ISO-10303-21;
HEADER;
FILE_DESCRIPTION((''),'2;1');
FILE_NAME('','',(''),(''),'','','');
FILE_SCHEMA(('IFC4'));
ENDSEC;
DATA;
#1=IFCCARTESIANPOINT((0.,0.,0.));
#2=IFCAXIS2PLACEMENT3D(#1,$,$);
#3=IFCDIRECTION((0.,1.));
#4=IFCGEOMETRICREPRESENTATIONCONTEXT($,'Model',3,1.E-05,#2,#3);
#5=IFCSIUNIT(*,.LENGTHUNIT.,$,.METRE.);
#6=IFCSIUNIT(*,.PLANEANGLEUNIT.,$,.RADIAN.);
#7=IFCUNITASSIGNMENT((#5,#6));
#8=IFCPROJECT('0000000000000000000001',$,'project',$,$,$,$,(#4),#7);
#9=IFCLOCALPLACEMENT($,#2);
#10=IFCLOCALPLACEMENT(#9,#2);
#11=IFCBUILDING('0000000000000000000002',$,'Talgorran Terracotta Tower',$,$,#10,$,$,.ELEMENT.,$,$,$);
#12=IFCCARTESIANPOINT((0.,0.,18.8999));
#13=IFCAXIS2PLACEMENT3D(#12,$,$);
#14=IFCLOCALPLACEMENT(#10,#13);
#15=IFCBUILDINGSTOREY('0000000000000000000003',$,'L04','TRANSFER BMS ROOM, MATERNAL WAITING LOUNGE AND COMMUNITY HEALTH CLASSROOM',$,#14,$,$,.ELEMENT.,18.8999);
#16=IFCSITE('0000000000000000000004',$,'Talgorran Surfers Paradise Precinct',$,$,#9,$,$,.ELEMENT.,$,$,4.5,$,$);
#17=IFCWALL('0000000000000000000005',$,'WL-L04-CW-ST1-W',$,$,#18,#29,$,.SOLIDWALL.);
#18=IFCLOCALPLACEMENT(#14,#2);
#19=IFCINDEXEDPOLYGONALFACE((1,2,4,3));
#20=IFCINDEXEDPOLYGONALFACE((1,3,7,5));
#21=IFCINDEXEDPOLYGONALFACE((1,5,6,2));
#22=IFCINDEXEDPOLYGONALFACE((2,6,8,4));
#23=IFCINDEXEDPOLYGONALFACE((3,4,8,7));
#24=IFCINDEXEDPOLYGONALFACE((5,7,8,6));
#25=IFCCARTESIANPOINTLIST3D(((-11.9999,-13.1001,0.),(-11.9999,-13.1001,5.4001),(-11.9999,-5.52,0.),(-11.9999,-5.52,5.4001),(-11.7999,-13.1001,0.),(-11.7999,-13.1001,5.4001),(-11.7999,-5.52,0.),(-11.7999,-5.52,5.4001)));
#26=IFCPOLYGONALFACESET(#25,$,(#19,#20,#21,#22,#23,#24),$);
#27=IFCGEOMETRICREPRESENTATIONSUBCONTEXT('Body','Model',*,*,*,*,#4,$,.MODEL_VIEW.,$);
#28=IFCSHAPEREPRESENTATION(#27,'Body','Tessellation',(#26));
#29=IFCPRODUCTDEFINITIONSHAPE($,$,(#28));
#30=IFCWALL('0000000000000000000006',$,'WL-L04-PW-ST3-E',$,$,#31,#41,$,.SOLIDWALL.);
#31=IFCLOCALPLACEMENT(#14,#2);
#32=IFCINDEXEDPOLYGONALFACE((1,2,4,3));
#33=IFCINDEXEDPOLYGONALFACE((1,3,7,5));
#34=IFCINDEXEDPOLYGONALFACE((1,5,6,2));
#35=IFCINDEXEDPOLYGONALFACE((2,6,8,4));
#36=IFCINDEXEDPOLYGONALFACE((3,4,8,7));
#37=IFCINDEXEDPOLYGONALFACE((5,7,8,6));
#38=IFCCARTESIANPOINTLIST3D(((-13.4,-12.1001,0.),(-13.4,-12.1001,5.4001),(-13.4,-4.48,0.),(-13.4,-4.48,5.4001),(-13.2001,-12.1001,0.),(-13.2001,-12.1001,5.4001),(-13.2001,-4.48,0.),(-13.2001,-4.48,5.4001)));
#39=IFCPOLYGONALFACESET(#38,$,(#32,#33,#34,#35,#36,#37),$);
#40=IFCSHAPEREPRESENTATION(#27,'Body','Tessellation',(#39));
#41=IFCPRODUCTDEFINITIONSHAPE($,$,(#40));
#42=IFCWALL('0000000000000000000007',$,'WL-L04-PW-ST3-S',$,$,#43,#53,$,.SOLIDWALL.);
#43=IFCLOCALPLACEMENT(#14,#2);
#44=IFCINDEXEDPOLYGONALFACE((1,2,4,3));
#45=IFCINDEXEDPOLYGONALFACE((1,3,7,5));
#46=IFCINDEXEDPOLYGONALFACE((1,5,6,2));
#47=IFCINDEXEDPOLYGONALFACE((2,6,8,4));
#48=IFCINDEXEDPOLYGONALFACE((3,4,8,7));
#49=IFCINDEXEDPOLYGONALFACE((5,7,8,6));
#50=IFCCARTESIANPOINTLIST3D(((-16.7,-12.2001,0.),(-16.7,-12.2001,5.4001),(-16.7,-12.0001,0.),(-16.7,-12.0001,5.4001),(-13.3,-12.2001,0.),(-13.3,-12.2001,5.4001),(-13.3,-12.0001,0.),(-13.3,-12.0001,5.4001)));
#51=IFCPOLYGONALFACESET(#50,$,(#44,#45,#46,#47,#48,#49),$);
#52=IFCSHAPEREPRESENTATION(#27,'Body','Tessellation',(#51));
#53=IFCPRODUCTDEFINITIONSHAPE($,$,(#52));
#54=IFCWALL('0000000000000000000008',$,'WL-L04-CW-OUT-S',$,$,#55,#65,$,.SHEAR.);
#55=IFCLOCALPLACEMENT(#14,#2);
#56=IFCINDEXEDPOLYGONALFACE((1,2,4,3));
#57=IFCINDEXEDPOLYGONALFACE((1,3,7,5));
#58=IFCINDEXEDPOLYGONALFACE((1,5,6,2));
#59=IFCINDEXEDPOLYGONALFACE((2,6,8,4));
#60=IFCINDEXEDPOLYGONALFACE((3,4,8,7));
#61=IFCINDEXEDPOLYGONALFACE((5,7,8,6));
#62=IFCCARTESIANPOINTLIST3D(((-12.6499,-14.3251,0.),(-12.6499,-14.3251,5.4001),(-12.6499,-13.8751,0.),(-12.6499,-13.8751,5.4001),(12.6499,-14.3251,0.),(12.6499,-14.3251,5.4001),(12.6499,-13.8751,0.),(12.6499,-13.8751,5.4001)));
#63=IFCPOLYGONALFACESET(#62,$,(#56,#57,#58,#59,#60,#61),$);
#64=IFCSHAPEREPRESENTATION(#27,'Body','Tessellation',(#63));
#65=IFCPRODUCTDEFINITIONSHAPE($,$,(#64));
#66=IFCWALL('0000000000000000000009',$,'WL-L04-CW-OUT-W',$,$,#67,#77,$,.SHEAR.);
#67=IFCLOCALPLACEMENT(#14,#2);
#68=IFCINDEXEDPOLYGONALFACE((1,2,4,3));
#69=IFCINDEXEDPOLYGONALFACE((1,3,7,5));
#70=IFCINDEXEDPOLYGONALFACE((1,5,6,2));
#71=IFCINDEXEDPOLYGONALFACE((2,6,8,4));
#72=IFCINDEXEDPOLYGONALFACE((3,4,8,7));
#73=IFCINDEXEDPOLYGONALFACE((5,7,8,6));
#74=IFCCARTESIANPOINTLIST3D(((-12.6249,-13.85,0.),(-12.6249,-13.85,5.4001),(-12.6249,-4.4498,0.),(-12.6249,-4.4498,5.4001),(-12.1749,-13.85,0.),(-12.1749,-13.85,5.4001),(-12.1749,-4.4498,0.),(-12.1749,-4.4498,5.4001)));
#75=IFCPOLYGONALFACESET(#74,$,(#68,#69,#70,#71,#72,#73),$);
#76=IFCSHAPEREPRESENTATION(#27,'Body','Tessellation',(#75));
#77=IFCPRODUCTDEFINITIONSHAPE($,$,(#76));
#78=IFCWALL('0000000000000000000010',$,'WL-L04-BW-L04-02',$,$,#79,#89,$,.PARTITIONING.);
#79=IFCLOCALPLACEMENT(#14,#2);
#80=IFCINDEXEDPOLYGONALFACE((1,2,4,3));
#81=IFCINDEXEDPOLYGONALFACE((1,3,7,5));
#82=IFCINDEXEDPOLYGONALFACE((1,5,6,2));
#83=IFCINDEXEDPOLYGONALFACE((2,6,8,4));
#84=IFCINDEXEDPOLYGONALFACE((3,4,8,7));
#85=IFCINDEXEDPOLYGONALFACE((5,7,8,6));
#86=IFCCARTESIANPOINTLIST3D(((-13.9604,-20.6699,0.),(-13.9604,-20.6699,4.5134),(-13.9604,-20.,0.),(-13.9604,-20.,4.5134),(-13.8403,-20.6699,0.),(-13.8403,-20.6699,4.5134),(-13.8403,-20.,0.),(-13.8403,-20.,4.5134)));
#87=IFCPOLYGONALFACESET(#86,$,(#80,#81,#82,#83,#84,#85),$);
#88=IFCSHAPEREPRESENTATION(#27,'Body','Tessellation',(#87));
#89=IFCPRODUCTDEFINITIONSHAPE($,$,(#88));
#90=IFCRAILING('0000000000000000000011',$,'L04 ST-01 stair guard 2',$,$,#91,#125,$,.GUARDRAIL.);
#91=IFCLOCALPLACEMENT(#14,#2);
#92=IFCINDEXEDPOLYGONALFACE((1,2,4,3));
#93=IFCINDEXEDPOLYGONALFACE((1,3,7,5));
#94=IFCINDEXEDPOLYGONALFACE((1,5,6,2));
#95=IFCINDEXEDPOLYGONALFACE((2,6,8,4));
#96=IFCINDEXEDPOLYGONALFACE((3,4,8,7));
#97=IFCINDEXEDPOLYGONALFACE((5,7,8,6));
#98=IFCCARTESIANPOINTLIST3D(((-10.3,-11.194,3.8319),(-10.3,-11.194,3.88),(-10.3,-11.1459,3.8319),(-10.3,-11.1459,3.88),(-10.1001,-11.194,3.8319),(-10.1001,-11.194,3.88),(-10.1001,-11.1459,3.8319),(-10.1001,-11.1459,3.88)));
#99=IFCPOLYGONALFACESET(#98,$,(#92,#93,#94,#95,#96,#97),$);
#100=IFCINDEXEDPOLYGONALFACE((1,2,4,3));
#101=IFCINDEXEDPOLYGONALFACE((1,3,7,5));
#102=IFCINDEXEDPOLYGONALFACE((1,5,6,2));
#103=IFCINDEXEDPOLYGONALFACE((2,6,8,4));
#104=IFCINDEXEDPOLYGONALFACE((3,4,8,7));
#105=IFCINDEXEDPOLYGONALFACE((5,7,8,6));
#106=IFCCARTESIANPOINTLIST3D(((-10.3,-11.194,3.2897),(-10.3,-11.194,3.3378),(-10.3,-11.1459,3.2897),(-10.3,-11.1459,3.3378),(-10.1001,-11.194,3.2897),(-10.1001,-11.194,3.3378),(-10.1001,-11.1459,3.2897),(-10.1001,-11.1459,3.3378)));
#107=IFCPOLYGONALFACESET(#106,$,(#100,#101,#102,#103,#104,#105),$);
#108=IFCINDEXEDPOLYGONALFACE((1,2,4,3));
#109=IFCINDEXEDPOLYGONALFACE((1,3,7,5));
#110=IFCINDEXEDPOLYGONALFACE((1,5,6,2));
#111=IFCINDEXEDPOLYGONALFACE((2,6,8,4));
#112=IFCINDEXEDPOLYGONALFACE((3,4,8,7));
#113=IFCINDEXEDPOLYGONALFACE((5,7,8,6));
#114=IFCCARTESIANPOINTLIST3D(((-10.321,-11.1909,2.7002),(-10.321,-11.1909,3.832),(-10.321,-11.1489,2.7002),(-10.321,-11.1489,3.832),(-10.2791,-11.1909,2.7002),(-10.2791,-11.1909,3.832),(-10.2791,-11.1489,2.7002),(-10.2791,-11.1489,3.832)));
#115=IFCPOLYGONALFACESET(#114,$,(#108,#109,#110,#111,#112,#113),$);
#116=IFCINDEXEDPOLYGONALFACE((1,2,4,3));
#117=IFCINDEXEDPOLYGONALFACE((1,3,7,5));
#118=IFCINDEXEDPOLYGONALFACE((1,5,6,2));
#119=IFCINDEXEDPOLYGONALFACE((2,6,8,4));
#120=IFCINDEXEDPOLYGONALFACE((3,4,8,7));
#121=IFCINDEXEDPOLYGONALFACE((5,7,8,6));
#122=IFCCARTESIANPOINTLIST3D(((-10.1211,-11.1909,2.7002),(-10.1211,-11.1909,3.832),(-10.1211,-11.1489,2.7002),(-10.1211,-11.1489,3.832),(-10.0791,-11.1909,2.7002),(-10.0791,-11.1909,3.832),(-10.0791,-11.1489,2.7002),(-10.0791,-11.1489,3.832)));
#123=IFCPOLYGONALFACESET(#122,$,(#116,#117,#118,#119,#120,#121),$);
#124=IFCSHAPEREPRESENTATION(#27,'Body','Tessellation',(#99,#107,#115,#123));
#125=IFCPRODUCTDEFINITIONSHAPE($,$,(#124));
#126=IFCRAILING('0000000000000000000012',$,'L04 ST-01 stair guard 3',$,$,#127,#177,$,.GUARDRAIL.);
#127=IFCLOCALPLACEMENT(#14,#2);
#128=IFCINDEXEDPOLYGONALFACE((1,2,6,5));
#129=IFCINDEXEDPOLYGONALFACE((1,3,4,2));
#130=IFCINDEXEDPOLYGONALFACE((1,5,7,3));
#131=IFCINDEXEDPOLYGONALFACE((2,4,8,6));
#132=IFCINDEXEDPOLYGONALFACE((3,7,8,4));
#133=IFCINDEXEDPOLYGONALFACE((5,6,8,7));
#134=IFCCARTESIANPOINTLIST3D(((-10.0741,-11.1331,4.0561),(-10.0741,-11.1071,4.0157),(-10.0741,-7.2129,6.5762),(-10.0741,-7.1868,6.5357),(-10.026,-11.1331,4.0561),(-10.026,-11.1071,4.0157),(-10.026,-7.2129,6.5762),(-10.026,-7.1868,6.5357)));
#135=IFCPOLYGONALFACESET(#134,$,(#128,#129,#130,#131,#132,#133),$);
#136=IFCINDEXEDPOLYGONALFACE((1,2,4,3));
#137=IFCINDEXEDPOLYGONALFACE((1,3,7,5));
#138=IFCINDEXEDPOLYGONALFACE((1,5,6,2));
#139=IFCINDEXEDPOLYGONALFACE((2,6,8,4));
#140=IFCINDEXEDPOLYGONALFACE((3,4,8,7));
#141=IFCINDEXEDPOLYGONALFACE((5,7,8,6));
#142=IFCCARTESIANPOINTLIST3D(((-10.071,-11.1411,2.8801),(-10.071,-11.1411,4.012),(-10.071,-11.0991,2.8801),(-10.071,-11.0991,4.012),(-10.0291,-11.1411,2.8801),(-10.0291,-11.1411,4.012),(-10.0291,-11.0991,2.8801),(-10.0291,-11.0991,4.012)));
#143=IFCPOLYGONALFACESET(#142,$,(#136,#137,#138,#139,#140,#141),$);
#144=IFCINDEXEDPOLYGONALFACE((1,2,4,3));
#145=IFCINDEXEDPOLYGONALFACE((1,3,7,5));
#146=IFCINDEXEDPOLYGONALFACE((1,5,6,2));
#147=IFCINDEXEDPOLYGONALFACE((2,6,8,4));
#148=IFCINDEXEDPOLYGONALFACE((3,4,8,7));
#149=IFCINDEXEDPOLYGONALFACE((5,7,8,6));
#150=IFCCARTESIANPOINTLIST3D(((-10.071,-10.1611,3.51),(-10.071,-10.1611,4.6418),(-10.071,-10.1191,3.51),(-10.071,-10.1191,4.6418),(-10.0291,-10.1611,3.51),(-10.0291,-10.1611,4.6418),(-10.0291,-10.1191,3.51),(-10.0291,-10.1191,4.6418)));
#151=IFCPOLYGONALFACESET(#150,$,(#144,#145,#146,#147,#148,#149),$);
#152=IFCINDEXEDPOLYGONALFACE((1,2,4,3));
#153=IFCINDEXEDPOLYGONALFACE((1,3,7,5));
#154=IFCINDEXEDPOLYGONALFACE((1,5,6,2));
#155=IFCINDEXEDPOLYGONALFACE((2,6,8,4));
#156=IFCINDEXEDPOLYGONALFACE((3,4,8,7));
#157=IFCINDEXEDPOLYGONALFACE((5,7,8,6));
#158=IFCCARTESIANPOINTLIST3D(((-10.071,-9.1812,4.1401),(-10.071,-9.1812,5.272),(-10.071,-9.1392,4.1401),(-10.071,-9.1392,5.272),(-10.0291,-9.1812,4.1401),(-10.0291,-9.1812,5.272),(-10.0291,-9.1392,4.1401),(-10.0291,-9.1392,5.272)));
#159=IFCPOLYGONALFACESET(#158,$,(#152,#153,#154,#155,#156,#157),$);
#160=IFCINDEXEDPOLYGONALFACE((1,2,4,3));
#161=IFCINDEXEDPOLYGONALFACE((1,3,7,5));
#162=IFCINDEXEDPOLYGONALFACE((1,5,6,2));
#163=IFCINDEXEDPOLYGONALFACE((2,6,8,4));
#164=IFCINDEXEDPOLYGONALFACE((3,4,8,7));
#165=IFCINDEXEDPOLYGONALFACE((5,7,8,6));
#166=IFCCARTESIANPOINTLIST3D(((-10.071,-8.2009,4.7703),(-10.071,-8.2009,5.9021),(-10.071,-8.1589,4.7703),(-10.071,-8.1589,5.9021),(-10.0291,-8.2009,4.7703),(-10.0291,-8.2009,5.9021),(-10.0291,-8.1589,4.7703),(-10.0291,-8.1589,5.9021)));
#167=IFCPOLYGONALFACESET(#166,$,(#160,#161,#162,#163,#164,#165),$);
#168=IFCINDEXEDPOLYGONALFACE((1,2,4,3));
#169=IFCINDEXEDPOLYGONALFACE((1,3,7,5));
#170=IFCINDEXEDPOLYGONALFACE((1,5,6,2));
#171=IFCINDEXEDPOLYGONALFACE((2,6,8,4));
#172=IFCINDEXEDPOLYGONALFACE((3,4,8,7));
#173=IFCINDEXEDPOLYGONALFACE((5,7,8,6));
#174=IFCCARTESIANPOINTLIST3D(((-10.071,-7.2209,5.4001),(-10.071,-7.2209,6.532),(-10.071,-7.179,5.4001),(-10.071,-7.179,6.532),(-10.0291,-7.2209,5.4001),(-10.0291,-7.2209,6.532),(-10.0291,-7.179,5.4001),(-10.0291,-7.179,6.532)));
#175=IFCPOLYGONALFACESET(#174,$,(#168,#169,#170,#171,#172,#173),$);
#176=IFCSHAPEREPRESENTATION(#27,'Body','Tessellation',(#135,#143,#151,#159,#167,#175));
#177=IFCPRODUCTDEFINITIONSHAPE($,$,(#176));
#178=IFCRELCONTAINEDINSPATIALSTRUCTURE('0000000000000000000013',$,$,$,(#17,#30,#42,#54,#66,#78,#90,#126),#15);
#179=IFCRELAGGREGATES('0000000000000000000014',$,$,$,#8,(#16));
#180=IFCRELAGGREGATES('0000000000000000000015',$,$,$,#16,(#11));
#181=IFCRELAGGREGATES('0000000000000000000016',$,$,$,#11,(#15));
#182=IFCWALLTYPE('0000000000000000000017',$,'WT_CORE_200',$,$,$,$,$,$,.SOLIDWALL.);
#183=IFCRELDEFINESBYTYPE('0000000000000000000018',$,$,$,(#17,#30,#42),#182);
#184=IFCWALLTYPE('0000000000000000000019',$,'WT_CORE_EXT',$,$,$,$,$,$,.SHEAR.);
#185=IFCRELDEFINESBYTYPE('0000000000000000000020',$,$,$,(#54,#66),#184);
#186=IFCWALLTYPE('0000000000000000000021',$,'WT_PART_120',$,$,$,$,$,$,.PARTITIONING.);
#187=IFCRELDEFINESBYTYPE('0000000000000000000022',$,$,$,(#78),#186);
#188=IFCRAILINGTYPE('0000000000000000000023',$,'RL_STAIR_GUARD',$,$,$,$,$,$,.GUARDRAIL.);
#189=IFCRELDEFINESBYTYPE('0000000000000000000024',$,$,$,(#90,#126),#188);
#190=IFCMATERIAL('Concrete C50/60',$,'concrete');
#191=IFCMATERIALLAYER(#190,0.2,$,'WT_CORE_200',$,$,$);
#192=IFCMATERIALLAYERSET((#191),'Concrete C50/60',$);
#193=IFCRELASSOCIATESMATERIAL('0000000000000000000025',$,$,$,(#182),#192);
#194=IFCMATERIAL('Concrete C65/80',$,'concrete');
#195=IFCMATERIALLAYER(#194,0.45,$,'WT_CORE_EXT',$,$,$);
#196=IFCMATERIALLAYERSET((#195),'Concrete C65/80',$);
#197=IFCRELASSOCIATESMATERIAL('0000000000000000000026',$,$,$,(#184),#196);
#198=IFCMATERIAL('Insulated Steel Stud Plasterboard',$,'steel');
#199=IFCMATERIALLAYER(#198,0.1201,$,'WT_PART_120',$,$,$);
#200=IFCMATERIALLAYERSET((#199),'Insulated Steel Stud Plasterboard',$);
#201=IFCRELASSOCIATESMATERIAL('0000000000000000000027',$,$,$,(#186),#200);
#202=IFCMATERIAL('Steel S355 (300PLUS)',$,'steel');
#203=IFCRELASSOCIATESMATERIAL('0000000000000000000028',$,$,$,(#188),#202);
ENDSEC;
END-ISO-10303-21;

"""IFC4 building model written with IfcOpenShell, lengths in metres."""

from ifc_helpers import new_model, si_unit, direction, frame, frame_2d, origin, origin_2d, place, context, subcontext, project, spatial, rectangle, extrude, material, layer, layer_set, type_object, element, save


model = new_model("IFC4")

# Units and contexts
model_context = context("Model", 3, precision=1e-05, world=origin(), true_north=direction((0.0, 1.0)))
body_context = subcontext(model_context, "Body", "Model", "MODEL_VIEW")
ifc_project = project(units=[si_unit("LENGTHUNIT", "METRE"), si_unit("PLANEANGLEUNIT", "RADIAN")], contexts=[model_context])

# Site, building, storey
site_placement = place(None, origin())
site = spatial("IfcSite", under=ifc_project, at=site_placement, Name="Talgorran Surfers Paradise Precinct", CompositionType="ELEMENT", RefElevation=4.5)
building_placement = place(site_placement, origin())
building = spatial("IfcBuilding", under=site, at=building_placement, Name="Talgorran Terracotta Tower", CompositionType="ELEMENT")
storey_placement = place(building_placement, frame((0.0, 0.0, 18.8999)))
storey = spatial("IfcBuildingStorey", under=building, at=storey_placement, Name="L04", Description="TRANSFER BMS ROOM, MATERNAL WAITING LOUNGE AND COMMUNITY HEALTH CLASSROOM", CompositionType="ELEMENT", Elevation=18.8999)

# Shared definitions
ifc_material_1 = material(Name="Steel S355 (300PLUS)", Category="steel")

# Walls
ifc_material_2 = material(Name="Concrete C50/60", Category="concrete")
ifc_layer_1 = layer(ifc_material_2, 0.2, Name="WT_CORE_200")
ifc_layer_set_1 = layer_set([ifc_layer_1], Name="Concrete C50/60")
wall_type_1 = type_object("IfcWallType", Name="WT_CORE_200", PredefinedType="SOLIDWALL", material=ifc_layer_set_1)
wall_1_placement = place(storey_placement, frame((-11.8999, -13.1001, 0.0), z_axis=(0.0, 0.0, 1.0), x_axis=(0.0, 1.0, 0.0)))
element("IfcWall", 1, at=wall_1_placement, inside=storey, type_object=wall_type_1, Name="WL-L04-CW-ST1-W", PredefinedType="SOLIDWALL", context=body_context, shape_type="SweptSolid", body=[
    extrude(rectangle(XDim=7.5801, YDim=0.2, at=frame_2d((3.79, 0.0))), origin(), (0.0, 0.0, 1.0), 5.4001),
])
wall_2_placement = place(storey_placement, frame((-13.3, -12.1001, 0.0), z_axis=(0.0, 0.0, 1.0), x_axis=(0.0, 1.0, 0.0)))
element("IfcWall", 2, at=wall_2_placement, inside=storey, type_object=wall_type_1, Name="WL-L04-PW-ST3-E", PredefinedType="SOLIDWALL", context=body_context, shape_type="SweptSolid", body=[
    extrude(rectangle(XDim=7.6201, YDim=0.2, at=frame_2d((3.8101, 0.0))), origin(), (0.0, 0.0, 1.0), 5.4001),
])
wall_3_placement = place(storey_placement, frame((-16.7, -12.1001, 0.0), z_axis=(0.0, 0.0, 1.0), x_axis=(1.0, 0.0, 0.0)))
element("IfcWall", 3, at=wall_3_placement, inside=storey, type_object=wall_type_1, Name="WL-L04-PW-ST3-S", PredefinedType="SOLIDWALL", context=body_context, shape_type="SweptSolid", body=[
    extrude(rectangle(XDim=3.3999, YDim=0.2, at=frame_2d((1.7, 0.0))), origin(), (0.0, 0.0, 1.0), 5.4001),
])
ifc_material_3 = material(Name="Concrete C65/80", Category="concrete")
ifc_layer_2 = layer(ifc_material_3, 0.45, Name="WT_CORE_EXT")
ifc_layer_set_2 = layer_set([ifc_layer_2], Name="Concrete C65/80")
wall_type_2 = type_object("IfcWallType", Name="WT_CORE_EXT", PredefinedType="SHEAR", material=ifc_layer_set_2)
wall_4_placement = place(storey_placement, frame((-12.6499, -14.1001, 0.0), z_axis=(0.0, 0.0, 1.0), x_axis=(1.0, 0.0, 0.0)))
element("IfcWall", 4, at=wall_4_placement, inside=storey, type_object=wall_type_2, Name="WL-L04-CW-OUT-S", PredefinedType="SHEAR", context=body_context, shape_type="SweptSolid", body=[
    extrude(rectangle(XDim=25.2998, YDim=0.45, at=frame_2d((12.6499, 0.0))), origin(), (0.0, 0.0, 1.0), 5.4001),
])
wall_5_placement = place(storey_placement, frame((-12.3999, -13.8501, 0.0), z_axis=(0.0, 0.0, 1.0), x_axis=(0.0, 1.0, 0.0)))
element("IfcWall", 5, at=wall_5_placement, inside=storey, type_object=wall_type_2, Name="WL-L04-CW-OUT-W", PredefinedType="SHEAR", context=body_context, shape_type="SweptSolid", body=[
    extrude(rectangle(XDim=9.4001, YDim=0.45, at=frame_2d((4.7002, 0.0))), origin(), (0.0, 0.0, 1.0), 5.4001),
])
ifc_material_4 = material(Name="Insulated Steel Stud Plasterboard", Category="steel")
ifc_layer_3 = layer(ifc_material_4, 0.1201, Name="WT_PART_120")
ifc_layer_set_3 = layer_set([ifc_layer_3], Name="Insulated Steel Stud Plasterboard")
wall_type_3 = type_object("IfcWallType", Name="WT_PART_120", PredefinedType="PARTITIONING", material=ifc_layer_set_3)
wall_6_placement = place(storey_placement, frame((-13.9004, -20.0, 0.0), z_axis=(0.0, 0.0, 1.0), x_axis=(0.0, -1.0, 0.0)))
element("IfcWall", 6, at=wall_6_placement, inside=storey, type_object=wall_type_3, Name="WL-L04-BW-L04-02", PredefinedType="PARTITIONING", context=body_context, shape_type="SweptSolid", body=[
    extrude(rectangle(XDim=0.6699, YDim=0.1201, at=frame_2d((0.335, 0.0))), origin(), (0.0, 0.0, 1.0), 4.5134),
])

# Railings
railing_type = type_object("IfcRailingType", Name="RL_STAIR_GUARD", PredefinedType="GUARDRAIL", material=ifc_material_1)
railing_1_placement = place(storey_placement, frame((-10.3, -11.1699, 2.7002)))
element("IfcRailing", 7, at=railing_1_placement, inside=storey, type_object=railing_type, Name="L04 ST-01 stair guard 2", PredefinedType="GUARDRAIL", context=body_context, shape_type="SweptSolid", body=[
    extrude(rectangle(XDim=0.0481, YDim=0.0481, at=origin_2d()), frame((0.0, 0.0, 1.1558), z_axis=(1.0, 0.0, 0.0), x_axis=(0.0, 1.0, 0.0)), (0.0, 0.0, 1.0), 0.2),
    extrude(rectangle(XDim=0.0481, YDim=0.0481, at=origin_2d()), frame((0.0, 0.0, 0.6135), z_axis=(1.0, 0.0, 0.0), x_axis=(0.0, 1.0, 0.0)), (0.0, 0.0, 1.0), 0.2),
    extrude(rectangle(XDim=0.042, YDim=0.042, at=origin_2d()), origin(), (0.0, 0.0, 1.0), 1.1318),
    extrude(rectangle(XDim=0.042, YDim=0.042, at=origin_2d()), frame((0.2, 0.0, 0.0)), (0.0, 0.0, 1.0), 1.1318),
])
railing_2_placement = place(storey_placement, frame((-10.05, -11.1201, 2.8801)))
element("IfcRailing", 8, at=railing_2_placement, inside=storey, type_object=railing_type, Name="L04 ST-01 stair guard 3", PredefinedType="GUARDRAIL", context=body_context, shape_type="SweptSolid", body=[
    extrude(rectangle(XDim=0.0481, YDim=0.0481, at=origin_2d()), frame((0.0, 0.0, 1.1558), z_axis=(0.0, 0.841187, 0.540744), x_axis=(-1.0, 0.0, 0.0)), (0.0, 0.0, 1.0), 4.6604),
    extrude(rectangle(XDim=0.042, YDim=0.042, at=origin_2d()), origin(), (0.0, 0.0, 1.0), 1.1318),
    extrude(rectangle(XDim=0.042, YDim=0.042, at=origin_2d()), frame((0.0, 0.98, 0.6299)), (0.0, 0.0, 1.0), 1.1318),
    extrude(rectangle(XDim=0.042, YDim=0.042, at=origin_2d()), frame((0.0, 1.96, 1.26)), (0.0, 0.0, 1.0), 1.1318),
    extrude(rectangle(XDim=0.042, YDim=0.042, at=origin_2d()), frame((0.0, 2.9402, 1.8901)), (0.0, 0.0, 1.0), 1.1318),
    extrude(rectangle(XDim=0.042, YDim=0.042, at=origin_2d()), frame((0.0, 3.9202, 2.52)), (0.0, 0.0, 1.0), 1.1318),
])

save(model, "model.ifc")
